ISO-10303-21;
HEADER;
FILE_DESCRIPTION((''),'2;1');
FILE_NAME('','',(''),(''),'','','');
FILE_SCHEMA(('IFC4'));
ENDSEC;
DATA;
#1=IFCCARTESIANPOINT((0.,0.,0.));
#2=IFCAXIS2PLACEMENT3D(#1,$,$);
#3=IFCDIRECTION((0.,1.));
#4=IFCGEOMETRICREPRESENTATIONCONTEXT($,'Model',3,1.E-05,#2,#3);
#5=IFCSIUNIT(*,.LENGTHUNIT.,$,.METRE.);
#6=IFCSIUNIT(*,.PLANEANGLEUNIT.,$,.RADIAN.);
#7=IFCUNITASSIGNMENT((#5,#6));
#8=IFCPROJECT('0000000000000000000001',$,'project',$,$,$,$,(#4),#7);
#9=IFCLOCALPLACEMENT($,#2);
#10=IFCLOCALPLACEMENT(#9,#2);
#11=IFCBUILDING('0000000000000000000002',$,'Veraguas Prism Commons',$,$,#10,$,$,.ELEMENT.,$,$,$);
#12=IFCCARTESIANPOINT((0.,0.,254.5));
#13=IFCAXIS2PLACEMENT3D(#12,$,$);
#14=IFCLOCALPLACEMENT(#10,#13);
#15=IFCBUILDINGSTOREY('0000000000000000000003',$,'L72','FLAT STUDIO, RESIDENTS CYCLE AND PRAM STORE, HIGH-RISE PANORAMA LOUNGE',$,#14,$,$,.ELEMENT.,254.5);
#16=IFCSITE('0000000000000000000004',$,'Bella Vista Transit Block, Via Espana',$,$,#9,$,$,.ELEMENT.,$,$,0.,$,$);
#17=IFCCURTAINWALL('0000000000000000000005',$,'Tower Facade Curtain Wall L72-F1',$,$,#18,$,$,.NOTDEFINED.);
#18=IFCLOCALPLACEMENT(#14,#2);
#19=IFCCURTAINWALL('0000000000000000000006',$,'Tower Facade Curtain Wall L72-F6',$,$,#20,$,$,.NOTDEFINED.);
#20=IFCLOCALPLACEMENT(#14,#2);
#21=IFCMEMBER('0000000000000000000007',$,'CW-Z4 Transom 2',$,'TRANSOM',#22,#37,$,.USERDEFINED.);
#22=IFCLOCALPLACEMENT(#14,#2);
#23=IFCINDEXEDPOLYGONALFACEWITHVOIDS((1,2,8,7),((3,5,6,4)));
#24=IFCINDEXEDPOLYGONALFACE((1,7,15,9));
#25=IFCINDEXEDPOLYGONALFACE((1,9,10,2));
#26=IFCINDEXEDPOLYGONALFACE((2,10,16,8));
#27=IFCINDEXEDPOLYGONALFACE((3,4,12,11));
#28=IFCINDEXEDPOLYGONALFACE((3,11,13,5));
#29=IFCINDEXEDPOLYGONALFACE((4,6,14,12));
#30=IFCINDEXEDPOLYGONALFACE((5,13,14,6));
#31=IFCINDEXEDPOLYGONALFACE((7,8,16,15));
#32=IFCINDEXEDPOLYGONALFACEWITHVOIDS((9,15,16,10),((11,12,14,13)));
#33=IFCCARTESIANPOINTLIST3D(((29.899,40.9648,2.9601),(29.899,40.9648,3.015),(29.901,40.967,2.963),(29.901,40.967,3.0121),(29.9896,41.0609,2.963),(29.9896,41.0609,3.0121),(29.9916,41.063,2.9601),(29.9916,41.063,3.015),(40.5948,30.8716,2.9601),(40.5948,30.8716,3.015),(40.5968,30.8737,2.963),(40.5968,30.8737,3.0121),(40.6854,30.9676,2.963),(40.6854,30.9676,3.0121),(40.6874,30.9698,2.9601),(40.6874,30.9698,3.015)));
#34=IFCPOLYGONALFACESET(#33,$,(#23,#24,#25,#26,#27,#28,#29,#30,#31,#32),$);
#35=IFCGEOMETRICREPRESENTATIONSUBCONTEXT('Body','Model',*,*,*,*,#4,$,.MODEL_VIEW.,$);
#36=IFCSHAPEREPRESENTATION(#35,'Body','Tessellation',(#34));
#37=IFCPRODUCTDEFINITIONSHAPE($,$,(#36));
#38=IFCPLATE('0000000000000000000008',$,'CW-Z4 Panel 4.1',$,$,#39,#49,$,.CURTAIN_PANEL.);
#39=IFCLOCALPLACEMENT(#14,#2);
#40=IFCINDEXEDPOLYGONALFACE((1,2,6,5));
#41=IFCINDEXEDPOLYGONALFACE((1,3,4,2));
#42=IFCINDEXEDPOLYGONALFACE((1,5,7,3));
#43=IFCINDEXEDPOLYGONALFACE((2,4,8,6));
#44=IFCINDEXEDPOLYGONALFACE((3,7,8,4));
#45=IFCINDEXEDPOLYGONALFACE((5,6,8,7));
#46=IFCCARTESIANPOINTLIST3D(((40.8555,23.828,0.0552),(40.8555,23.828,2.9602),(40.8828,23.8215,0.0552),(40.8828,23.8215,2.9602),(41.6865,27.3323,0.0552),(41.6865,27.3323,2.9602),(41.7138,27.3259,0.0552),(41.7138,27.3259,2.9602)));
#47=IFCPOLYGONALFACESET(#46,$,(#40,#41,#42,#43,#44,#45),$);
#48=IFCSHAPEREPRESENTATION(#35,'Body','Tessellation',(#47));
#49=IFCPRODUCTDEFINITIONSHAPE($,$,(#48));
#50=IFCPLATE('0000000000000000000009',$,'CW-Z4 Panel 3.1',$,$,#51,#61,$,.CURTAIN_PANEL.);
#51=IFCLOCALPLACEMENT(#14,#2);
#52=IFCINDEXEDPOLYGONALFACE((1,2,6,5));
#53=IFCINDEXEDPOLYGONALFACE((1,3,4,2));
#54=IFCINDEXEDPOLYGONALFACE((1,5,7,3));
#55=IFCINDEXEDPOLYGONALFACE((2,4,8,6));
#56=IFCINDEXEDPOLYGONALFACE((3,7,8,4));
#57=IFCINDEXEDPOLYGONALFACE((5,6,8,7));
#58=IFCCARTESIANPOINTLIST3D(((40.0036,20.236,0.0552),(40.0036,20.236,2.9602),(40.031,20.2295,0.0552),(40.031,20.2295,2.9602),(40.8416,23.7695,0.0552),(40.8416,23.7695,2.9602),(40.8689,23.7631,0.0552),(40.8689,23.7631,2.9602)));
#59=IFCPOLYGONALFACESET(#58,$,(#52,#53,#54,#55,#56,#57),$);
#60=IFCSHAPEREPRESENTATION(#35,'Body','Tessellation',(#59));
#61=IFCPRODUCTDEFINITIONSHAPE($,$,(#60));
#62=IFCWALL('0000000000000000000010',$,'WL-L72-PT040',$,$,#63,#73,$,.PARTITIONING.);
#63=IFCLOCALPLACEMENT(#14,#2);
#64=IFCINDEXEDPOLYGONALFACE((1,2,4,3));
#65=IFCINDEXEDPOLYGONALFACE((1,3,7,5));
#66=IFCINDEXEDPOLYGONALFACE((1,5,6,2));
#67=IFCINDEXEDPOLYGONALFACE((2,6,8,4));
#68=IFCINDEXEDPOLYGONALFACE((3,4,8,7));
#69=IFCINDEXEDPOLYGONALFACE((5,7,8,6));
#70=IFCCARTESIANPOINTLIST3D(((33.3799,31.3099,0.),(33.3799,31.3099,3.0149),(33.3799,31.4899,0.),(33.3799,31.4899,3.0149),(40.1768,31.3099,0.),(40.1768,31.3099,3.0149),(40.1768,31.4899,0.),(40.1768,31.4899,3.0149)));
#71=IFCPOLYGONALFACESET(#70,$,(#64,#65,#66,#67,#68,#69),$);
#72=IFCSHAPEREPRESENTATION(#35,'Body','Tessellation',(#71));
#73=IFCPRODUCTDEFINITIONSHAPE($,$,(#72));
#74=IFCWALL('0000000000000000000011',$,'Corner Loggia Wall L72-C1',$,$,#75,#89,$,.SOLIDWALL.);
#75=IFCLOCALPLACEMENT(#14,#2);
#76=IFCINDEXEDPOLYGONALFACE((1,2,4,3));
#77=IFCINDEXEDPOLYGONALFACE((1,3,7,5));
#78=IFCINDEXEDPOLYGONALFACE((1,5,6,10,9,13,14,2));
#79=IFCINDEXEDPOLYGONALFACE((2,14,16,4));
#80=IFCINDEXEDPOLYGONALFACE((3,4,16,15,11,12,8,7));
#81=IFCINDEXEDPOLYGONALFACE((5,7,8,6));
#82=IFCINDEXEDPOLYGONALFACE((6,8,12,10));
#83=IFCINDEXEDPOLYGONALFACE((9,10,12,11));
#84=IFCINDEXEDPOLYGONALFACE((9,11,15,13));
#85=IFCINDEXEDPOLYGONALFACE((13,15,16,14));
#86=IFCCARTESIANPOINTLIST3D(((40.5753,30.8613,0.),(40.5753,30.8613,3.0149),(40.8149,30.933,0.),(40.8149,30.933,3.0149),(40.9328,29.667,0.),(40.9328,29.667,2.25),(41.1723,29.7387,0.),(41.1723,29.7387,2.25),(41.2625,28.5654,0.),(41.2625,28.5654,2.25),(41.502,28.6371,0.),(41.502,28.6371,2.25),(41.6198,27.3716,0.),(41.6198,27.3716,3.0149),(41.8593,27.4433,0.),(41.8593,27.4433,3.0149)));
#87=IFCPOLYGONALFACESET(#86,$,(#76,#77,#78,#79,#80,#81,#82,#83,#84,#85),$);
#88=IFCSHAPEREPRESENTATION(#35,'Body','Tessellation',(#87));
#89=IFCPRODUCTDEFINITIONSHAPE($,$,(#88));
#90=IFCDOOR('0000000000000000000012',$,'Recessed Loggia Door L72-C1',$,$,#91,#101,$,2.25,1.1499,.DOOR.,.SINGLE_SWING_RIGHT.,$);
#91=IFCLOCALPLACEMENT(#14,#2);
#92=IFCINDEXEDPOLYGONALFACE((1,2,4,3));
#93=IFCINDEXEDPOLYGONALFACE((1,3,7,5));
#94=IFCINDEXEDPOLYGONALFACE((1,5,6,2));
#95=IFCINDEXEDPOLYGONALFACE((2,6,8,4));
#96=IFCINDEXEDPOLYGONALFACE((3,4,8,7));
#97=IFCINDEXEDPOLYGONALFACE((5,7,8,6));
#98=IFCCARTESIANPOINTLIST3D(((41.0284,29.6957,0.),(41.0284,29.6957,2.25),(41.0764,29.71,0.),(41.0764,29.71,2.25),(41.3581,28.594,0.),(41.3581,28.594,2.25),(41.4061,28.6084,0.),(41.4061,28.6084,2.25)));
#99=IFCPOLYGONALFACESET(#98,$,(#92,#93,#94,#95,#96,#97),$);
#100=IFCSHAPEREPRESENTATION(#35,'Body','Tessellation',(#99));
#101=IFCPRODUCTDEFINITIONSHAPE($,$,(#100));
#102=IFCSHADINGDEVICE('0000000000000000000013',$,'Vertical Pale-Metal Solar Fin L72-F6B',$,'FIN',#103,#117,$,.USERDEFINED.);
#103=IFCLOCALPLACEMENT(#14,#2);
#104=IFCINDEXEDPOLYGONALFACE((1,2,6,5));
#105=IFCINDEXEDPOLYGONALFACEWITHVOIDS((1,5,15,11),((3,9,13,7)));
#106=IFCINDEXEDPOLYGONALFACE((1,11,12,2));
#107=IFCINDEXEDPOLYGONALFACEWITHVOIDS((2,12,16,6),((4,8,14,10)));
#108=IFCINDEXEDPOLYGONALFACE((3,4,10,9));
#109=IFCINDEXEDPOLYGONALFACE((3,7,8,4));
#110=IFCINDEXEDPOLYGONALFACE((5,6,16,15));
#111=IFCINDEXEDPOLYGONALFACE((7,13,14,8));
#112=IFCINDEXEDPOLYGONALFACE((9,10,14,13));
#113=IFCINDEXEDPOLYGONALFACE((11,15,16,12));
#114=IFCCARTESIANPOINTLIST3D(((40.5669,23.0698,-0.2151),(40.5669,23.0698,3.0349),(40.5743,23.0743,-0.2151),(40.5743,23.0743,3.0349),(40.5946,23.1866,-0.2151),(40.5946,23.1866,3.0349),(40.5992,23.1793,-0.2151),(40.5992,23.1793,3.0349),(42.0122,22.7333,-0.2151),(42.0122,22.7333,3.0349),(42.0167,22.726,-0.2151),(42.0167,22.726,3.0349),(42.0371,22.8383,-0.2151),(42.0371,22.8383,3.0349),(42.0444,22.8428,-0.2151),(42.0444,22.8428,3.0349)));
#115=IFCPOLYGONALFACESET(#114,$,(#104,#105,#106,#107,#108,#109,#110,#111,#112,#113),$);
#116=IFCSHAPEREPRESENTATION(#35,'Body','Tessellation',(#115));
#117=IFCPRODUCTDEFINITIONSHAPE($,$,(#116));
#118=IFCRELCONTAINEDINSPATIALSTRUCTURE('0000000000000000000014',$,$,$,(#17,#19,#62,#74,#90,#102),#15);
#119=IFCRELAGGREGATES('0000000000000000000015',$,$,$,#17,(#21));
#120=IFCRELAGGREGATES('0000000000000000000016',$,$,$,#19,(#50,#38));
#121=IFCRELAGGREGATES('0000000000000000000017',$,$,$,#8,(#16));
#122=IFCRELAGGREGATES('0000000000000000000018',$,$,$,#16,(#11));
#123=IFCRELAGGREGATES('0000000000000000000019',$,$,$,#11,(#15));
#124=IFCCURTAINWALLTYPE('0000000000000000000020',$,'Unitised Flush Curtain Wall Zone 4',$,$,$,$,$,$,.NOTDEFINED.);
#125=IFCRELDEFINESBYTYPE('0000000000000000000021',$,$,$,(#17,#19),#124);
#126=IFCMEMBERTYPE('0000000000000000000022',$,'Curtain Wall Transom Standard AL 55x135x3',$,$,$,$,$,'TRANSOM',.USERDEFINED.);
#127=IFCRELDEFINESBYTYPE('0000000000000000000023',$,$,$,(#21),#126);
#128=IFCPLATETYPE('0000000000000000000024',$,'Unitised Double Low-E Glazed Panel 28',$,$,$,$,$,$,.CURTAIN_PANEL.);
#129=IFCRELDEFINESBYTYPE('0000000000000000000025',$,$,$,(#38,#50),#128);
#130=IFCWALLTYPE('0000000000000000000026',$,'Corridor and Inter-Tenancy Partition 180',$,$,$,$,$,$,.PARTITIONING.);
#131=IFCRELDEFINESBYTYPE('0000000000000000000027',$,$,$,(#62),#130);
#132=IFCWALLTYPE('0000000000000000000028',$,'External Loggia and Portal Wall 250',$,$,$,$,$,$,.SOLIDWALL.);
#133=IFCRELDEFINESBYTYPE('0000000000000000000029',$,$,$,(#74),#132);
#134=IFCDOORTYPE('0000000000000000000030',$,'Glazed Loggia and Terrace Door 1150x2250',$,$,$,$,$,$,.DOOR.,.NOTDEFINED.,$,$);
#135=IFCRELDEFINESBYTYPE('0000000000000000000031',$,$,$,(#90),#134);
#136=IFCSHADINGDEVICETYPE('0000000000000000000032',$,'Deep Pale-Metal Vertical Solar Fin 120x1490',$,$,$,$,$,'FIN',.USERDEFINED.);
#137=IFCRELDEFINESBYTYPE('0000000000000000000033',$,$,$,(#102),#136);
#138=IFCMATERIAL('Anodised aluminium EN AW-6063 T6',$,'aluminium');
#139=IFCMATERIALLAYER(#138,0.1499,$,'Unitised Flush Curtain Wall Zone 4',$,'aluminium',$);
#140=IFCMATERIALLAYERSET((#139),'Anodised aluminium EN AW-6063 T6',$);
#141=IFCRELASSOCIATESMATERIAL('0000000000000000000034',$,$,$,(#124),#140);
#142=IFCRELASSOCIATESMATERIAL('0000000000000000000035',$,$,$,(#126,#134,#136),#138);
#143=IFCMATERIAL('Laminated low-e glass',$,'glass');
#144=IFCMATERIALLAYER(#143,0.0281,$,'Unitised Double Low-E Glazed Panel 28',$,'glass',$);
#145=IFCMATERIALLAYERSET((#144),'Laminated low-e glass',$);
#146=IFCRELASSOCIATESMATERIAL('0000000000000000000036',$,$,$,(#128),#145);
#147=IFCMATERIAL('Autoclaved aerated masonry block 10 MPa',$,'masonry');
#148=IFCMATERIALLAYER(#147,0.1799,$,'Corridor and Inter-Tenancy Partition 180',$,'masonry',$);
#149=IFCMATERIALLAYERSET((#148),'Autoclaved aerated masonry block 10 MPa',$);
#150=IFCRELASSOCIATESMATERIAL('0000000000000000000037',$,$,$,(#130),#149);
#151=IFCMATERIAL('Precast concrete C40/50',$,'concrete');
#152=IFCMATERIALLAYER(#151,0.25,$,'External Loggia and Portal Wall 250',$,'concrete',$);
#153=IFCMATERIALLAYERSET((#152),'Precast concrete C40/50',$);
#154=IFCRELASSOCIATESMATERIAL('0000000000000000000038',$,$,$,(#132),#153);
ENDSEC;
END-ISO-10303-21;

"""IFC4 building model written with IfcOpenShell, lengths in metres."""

from ifc_helpers import new_model, si_unit, direction, frame, frame_2d, origin, origin_2d, place, context, subcontext, project, spatial, rectangle, hollow_rectangle, extrude, source, transform, mapped, material, layer, layer_set, material_profile, profile_set, type_object, element, fill, aggregate, save


model = new_model("IFC4")

# Units and contexts
model_context = context("Model", 3, precision=1e-05, world=origin(), true_north=direction((0.0, 1.0)))
body_context = subcontext(model_context, "Body", "Model", "MODEL_VIEW")
ifc_project = project(units=[si_unit("LENGTHUNIT", "METRE"), si_unit("PLANEANGLEUNIT", "RADIAN")], contexts=[model_context])

# Site, building, storey
site_placement = place(None, origin())
site = spatial("IfcSite", under=ifc_project, at=site_placement, Name="Bella Vista Transit Block, Via Espana", CompositionType="ELEMENT", RefElevation=0.0)
building_placement = place(site_placement, origin())
building = spatial("IfcBuilding", under=site, at=building_placement, Name="Veraguas Prism Commons", CompositionType="ELEMENT")
storey_placement = place(building_placement, frame((0.0, 0.0, 254.5)))
storey = spatial("IfcBuildingStorey", under=building, at=storey_placement, Name="L72", Description="FLAT STUDIO, RESIDENTS CYCLE AND PRAM STORE, HIGH-RISE PANORAMA LOUNGE", CompositionType="ELEMENT", Elevation=254.5)

# Curtain wall
ifc_material_1 = material(Name="Anodised aluminium EN AW-6063 T6", Category="aluminium")
ifc_layer_1 = layer(ifc_material_1, 0.1499, Name="Unitised Flush Curtain Wall Zone 4", Category="aluminium")
ifc_layer_set_1 = layer_set([ifc_layer_1], Name="Anodised aluminium EN AW-6063 T6")
curtain_wall_type = type_object("IfcCurtainWallType", Name="Unitised Flush Curtain Wall Zone 4", PredefinedType="NOTDEFINED", material=ifc_layer_set_1)
curtain_wall_1_placement = place(storey_placement, origin())
curtain_wall_1 = element("IfcCurtainWall", 1, at=curtain_wall_1_placement, inside=storey, type_object=curtain_wall_type, Name="Tower Facade Curtain Wall L72-F1", PredefinedType="NOTDEFINED")

# Curtain wall
curtain_wall_2_placement = place(storey_placement, origin())
curtain_wall_2 = element("IfcCurtainWall", 2, at=curtain_wall_2_placement, inside=storey, type_object=curtain_wall_type, Name="Tower Facade Curtain Wall L72-F6", PredefinedType="NOTDEFINED")

# Member
ifc_material_profile_1 = material_profile(ifc_material_1, hollow_rectangle(XDim=0.0549, YDim=0.135, WallThickness=0.0029, at=origin_2d()), Name="AL55X135X3")
ifc_profile_set_1 = profile_set([ifc_material_profile_1], Name="Anodised aluminium EN AW-6063 T6")
member_type_1 = type_object("IfcMemberType", Name="Curtain Wall Transom Standard AL 55x135x3", ElementType="TRANSOM", PredefinedType="USERDEFINED", material=ifc_profile_set_1)
shared_shape_1 = source(origin(), body_context, "Body", "SweptSolid", [
    extrude(hollow_rectangle(XDim=0.0549, YDim=0.135, WallThickness=0.0029, at=origin_2d()), origin(), (0.0, 0.0, 1.0), 14.7063),
])
member_1_placement = place(storey_placement, frame((40.6411, 30.9207, 2.9875), z_axis=(-0.727296, 0.686324, 0.0), x_axis=(0.0, 0.0, 1.0)))
member_1 = element("IfcMember", 3, at=member_1_placement, type_object=member_type_1, Name="CW-Z4 Transom 2", ObjectType="TRANSOM", PredefinedType="USERDEFINED", context=body_context, shape_type="MappedRepresentation", body=[
    mapped(shared_shape_1, transform((0.0, 0.0, 0.0), scale=1.0)),
])
aggregate(curtain_wall_1, [member_1])

# Plates
ifc_material_2 = material(Name="Laminated low-e glass", Category="glass")
ifc_layer_2 = layer(ifc_material_2, 0.0281, Name="Unitised Double Low-E Glazed Panel 28", Category="glass")
ifc_layer_set_2 = layer_set([ifc_layer_2], Name="Laminated low-e glass")
plate_type = type_object("IfcPlateType", Name="Unitised Double Low-E Glazed Panel 28", PredefinedType="CURTAIN_PANEL", material=ifc_layer_set_2)
shared_shape_2 = source(origin(), body_context, "Body", "SweptSolid", [
    extrude(rectangle(XDim=3.6016, YDim=0.0281, at=origin_2d()), origin(), (0.0, 0.0, 1.0), 2.905),
])
plate_1_placement = place(storey_placement, frame((41.2847, 25.5769, 0.0552), z_axis=(0.0, 0.0, 1.0), x_axis=(0.230741, 0.973015, 0.0)))
plate_1 = element("IfcPlate", 4, at=plate_1_placement, type_object=plate_type, Name="CW-Z4 Panel 4.1", PredefinedType="CURTAIN_PANEL", context=body_context, shape_type="MappedRepresentation", body=[
    mapped(shared_shape_2, transform((0.0, 0.0, 0.0), scale=1.0)),
])
shared_shape_3 = source(origin(), body_context, "Body", "SweptSolid", [
    extrude(rectangle(XDim=3.6316, YDim=0.0281, at=origin_2d()), origin(), (0.0, 0.0, 1.0), 2.905),
])
plate_2_placement = place(storey_placement, frame((40.4363, 21.9995, 0.0552), z_axis=(0.0, 0.0, 1.0), x_axis=(0.230741, 0.973015, 0.0)))
plate_2 = element("IfcPlate", 5, at=plate_2_placement, type_object=plate_type, Name="CW-Z4 Panel 3.1", PredefinedType="CURTAIN_PANEL", context=body_context, shape_type="MappedRepresentation", body=[
    mapped(shared_shape_3, transform((0.0, 0.0, 0.0), scale=1.0)),
])
aggregate(curtain_wall_2, [plate_2, plate_1])

# Wall
ifc_material_3 = material(Name="Autoclaved aerated masonry block 10 MPa", Category="masonry")
ifc_layer_3 = layer(ifc_material_3, 0.1799, Name="Corridor and Inter-Tenancy Partition 180", Category="masonry")
ifc_layer_set_3 = layer_set([ifc_layer_3], Name="Autoclaved aerated masonry block 10 MPa")
wall_type_1 = type_object("IfcWallType", Name="Corridor and Inter-Tenancy Partition 180", PredefinedType="PARTITIONING", material=ifc_layer_set_3)
wall_1_placement = place(storey_placement, frame((33.3799, 31.3999, 0.0), z_axis=(0.0, 0.0, 1.0), x_axis=(1.0, 0.0, 0.0)))
element("IfcWall", 6, at=wall_1_placement, inside=storey, type_object=wall_type_1, Name="WL-L72-PT040", PredefinedType="PARTITIONING", context=body_context, shape_type="SweptSolid", body=[
    extrude(rectangle(XDim=6.7969, YDim=0.1799, at=frame_2d((3.3984, 0.0))), origin(), (0.0, 0.0, 1.0), 3.0149),
])

# Wall, opening, door
ifc_material_4 = material(Name="Precast concrete C40/50", Category="concrete")
ifc_layer_4 = layer(ifc_material_4, 0.25, Name="External Loggia and Portal Wall 250", Category="concrete")
ifc_layer_set_4 = layer_set([ifc_layer_4], Name="Precast concrete C40/50")
wall_type_2 = type_object("IfcWallType", Name="External Loggia and Portal Wall 250", PredefinedType="SOLIDWALL", material=ifc_layer_set_4)
wall_2_placement = place(storey_placement, frame((41.7395, 27.4075, 0.0), z_axis=(0.0, 0.0, 1.0), x_axis=(-0.286721, 0.958014, 0.0)))
wall_2 = element("IfcWall", 7, at=wall_2_placement, inside=storey, type_object=wall_type_2, Name="Corner Loggia Wall L72-C1", PredefinedType="SOLIDWALL", context=body_context, shape_type="SweptSolid", body=[
    extrude(rectangle(XDim=3.6426, YDim=0.25, at=frame_2d((1.8213, 0.0))), origin(), (0.0, 0.0, 1.0), 3.0149),
])
opening_placement = place(wall_2_placement, frame((1.2461, 0.0, 0.0)))
opening = element("IfcOpeningElement", 8, at=opening_placement, cuts=wall_2, PredefinedType="OPENING", context=body_context, shape_type="SweptSolid", body=[
    extrude(rectangle(XDim=1.1499, YDim=2.25, at=frame_2d((0.575, 1.125))), frame((0.0, 0.135, 0.0), z_axis=(0.0, -1.0, 0.0), x_axis=(1.0, 0.0, 0.0)), (0.0, 0.0, 1.0), 0.27),
])
door_type = type_object("IfcDoorType", Name="Glazed Loggia and Terrace Door 1150x2250", OperationType="NOTDEFINED", PredefinedType="DOOR", material=ifc_material_1)
shared_shape_4 = source(origin(), body_context, "Body", "SweptSolid", [
    extrude(rectangle(XDim=1.1499, YDim=2.25, at=frame_2d((0.575, 1.125))), frame((0.0, 0.0249, 0.0), z_axis=(0.0, -1.0, 0.0), x_axis=(1.0, 0.0, 0.0)), (0.0, 0.0, 1.0), 0.05),
])
door_placement = place(opening_placement, frame((1.1499, 0.0, 0.0), z_axis=(0.0, 0.0, 1.0), x_axis=(-1.0, 0.0, 0.0)))
door = element("IfcDoor", 9, at=door_placement, inside=storey, type_object=door_type, Name="Recessed Loggia Door L72-C1", OperationType="SINGLE_SWING_RIGHT", OverallHeight=2.25, OverallWidth=1.1499, PredefinedType="DOOR", context=body_context, shape_type="MappedRepresentation", body=[
    mapped(shared_shape_4, transform((0.0, 0.0, 0.0), scale=1.0)),
])
fill(opening, door)

# Shading device
ifc_material_profile_2 = material_profile(ifc_material_1, hollow_rectangle(XDim=0.1201, YDim=1.49, WallThickness=0.0061, at=origin_2d()), Name="FIN120X1490X6")
ifc_profile_set_2 = profile_set([ifc_material_profile_2], Name="Anodised aluminium EN AW-6063 T6")
shading_device_type = type_object("IfcShadingDeviceType", Name="Deep Pale-Metal Vertical Solar Fin 120x1490", ElementType="FIN", PredefinedType="USERDEFINED", material=ifc_profile_set_2)
shading_device_placement = place(storey_placement, frame((41.3057, 22.9563, -0.2151), z_axis=(0.0, 0.0, 1.0), x_axis=(0.230734, 0.973017, 0.0)))
element("IfcShadingDevice", 10, at=shading_device_placement, inside=storey, type_object=shading_device_type, Name="Vertical Pale-Metal Solar Fin L72-F6B", ObjectType="FIN", PredefinedType="USERDEFINED", context=body_context, shape_type="SweptSolid", body=[
    extrude(hollow_rectangle(XDim=0.1201, YDim=1.49, WallThickness=0.0061, at=origin_2d()), origin(), (0.0, 0.0, 1.0), 3.25),
])

save(model, "model.ifc")
